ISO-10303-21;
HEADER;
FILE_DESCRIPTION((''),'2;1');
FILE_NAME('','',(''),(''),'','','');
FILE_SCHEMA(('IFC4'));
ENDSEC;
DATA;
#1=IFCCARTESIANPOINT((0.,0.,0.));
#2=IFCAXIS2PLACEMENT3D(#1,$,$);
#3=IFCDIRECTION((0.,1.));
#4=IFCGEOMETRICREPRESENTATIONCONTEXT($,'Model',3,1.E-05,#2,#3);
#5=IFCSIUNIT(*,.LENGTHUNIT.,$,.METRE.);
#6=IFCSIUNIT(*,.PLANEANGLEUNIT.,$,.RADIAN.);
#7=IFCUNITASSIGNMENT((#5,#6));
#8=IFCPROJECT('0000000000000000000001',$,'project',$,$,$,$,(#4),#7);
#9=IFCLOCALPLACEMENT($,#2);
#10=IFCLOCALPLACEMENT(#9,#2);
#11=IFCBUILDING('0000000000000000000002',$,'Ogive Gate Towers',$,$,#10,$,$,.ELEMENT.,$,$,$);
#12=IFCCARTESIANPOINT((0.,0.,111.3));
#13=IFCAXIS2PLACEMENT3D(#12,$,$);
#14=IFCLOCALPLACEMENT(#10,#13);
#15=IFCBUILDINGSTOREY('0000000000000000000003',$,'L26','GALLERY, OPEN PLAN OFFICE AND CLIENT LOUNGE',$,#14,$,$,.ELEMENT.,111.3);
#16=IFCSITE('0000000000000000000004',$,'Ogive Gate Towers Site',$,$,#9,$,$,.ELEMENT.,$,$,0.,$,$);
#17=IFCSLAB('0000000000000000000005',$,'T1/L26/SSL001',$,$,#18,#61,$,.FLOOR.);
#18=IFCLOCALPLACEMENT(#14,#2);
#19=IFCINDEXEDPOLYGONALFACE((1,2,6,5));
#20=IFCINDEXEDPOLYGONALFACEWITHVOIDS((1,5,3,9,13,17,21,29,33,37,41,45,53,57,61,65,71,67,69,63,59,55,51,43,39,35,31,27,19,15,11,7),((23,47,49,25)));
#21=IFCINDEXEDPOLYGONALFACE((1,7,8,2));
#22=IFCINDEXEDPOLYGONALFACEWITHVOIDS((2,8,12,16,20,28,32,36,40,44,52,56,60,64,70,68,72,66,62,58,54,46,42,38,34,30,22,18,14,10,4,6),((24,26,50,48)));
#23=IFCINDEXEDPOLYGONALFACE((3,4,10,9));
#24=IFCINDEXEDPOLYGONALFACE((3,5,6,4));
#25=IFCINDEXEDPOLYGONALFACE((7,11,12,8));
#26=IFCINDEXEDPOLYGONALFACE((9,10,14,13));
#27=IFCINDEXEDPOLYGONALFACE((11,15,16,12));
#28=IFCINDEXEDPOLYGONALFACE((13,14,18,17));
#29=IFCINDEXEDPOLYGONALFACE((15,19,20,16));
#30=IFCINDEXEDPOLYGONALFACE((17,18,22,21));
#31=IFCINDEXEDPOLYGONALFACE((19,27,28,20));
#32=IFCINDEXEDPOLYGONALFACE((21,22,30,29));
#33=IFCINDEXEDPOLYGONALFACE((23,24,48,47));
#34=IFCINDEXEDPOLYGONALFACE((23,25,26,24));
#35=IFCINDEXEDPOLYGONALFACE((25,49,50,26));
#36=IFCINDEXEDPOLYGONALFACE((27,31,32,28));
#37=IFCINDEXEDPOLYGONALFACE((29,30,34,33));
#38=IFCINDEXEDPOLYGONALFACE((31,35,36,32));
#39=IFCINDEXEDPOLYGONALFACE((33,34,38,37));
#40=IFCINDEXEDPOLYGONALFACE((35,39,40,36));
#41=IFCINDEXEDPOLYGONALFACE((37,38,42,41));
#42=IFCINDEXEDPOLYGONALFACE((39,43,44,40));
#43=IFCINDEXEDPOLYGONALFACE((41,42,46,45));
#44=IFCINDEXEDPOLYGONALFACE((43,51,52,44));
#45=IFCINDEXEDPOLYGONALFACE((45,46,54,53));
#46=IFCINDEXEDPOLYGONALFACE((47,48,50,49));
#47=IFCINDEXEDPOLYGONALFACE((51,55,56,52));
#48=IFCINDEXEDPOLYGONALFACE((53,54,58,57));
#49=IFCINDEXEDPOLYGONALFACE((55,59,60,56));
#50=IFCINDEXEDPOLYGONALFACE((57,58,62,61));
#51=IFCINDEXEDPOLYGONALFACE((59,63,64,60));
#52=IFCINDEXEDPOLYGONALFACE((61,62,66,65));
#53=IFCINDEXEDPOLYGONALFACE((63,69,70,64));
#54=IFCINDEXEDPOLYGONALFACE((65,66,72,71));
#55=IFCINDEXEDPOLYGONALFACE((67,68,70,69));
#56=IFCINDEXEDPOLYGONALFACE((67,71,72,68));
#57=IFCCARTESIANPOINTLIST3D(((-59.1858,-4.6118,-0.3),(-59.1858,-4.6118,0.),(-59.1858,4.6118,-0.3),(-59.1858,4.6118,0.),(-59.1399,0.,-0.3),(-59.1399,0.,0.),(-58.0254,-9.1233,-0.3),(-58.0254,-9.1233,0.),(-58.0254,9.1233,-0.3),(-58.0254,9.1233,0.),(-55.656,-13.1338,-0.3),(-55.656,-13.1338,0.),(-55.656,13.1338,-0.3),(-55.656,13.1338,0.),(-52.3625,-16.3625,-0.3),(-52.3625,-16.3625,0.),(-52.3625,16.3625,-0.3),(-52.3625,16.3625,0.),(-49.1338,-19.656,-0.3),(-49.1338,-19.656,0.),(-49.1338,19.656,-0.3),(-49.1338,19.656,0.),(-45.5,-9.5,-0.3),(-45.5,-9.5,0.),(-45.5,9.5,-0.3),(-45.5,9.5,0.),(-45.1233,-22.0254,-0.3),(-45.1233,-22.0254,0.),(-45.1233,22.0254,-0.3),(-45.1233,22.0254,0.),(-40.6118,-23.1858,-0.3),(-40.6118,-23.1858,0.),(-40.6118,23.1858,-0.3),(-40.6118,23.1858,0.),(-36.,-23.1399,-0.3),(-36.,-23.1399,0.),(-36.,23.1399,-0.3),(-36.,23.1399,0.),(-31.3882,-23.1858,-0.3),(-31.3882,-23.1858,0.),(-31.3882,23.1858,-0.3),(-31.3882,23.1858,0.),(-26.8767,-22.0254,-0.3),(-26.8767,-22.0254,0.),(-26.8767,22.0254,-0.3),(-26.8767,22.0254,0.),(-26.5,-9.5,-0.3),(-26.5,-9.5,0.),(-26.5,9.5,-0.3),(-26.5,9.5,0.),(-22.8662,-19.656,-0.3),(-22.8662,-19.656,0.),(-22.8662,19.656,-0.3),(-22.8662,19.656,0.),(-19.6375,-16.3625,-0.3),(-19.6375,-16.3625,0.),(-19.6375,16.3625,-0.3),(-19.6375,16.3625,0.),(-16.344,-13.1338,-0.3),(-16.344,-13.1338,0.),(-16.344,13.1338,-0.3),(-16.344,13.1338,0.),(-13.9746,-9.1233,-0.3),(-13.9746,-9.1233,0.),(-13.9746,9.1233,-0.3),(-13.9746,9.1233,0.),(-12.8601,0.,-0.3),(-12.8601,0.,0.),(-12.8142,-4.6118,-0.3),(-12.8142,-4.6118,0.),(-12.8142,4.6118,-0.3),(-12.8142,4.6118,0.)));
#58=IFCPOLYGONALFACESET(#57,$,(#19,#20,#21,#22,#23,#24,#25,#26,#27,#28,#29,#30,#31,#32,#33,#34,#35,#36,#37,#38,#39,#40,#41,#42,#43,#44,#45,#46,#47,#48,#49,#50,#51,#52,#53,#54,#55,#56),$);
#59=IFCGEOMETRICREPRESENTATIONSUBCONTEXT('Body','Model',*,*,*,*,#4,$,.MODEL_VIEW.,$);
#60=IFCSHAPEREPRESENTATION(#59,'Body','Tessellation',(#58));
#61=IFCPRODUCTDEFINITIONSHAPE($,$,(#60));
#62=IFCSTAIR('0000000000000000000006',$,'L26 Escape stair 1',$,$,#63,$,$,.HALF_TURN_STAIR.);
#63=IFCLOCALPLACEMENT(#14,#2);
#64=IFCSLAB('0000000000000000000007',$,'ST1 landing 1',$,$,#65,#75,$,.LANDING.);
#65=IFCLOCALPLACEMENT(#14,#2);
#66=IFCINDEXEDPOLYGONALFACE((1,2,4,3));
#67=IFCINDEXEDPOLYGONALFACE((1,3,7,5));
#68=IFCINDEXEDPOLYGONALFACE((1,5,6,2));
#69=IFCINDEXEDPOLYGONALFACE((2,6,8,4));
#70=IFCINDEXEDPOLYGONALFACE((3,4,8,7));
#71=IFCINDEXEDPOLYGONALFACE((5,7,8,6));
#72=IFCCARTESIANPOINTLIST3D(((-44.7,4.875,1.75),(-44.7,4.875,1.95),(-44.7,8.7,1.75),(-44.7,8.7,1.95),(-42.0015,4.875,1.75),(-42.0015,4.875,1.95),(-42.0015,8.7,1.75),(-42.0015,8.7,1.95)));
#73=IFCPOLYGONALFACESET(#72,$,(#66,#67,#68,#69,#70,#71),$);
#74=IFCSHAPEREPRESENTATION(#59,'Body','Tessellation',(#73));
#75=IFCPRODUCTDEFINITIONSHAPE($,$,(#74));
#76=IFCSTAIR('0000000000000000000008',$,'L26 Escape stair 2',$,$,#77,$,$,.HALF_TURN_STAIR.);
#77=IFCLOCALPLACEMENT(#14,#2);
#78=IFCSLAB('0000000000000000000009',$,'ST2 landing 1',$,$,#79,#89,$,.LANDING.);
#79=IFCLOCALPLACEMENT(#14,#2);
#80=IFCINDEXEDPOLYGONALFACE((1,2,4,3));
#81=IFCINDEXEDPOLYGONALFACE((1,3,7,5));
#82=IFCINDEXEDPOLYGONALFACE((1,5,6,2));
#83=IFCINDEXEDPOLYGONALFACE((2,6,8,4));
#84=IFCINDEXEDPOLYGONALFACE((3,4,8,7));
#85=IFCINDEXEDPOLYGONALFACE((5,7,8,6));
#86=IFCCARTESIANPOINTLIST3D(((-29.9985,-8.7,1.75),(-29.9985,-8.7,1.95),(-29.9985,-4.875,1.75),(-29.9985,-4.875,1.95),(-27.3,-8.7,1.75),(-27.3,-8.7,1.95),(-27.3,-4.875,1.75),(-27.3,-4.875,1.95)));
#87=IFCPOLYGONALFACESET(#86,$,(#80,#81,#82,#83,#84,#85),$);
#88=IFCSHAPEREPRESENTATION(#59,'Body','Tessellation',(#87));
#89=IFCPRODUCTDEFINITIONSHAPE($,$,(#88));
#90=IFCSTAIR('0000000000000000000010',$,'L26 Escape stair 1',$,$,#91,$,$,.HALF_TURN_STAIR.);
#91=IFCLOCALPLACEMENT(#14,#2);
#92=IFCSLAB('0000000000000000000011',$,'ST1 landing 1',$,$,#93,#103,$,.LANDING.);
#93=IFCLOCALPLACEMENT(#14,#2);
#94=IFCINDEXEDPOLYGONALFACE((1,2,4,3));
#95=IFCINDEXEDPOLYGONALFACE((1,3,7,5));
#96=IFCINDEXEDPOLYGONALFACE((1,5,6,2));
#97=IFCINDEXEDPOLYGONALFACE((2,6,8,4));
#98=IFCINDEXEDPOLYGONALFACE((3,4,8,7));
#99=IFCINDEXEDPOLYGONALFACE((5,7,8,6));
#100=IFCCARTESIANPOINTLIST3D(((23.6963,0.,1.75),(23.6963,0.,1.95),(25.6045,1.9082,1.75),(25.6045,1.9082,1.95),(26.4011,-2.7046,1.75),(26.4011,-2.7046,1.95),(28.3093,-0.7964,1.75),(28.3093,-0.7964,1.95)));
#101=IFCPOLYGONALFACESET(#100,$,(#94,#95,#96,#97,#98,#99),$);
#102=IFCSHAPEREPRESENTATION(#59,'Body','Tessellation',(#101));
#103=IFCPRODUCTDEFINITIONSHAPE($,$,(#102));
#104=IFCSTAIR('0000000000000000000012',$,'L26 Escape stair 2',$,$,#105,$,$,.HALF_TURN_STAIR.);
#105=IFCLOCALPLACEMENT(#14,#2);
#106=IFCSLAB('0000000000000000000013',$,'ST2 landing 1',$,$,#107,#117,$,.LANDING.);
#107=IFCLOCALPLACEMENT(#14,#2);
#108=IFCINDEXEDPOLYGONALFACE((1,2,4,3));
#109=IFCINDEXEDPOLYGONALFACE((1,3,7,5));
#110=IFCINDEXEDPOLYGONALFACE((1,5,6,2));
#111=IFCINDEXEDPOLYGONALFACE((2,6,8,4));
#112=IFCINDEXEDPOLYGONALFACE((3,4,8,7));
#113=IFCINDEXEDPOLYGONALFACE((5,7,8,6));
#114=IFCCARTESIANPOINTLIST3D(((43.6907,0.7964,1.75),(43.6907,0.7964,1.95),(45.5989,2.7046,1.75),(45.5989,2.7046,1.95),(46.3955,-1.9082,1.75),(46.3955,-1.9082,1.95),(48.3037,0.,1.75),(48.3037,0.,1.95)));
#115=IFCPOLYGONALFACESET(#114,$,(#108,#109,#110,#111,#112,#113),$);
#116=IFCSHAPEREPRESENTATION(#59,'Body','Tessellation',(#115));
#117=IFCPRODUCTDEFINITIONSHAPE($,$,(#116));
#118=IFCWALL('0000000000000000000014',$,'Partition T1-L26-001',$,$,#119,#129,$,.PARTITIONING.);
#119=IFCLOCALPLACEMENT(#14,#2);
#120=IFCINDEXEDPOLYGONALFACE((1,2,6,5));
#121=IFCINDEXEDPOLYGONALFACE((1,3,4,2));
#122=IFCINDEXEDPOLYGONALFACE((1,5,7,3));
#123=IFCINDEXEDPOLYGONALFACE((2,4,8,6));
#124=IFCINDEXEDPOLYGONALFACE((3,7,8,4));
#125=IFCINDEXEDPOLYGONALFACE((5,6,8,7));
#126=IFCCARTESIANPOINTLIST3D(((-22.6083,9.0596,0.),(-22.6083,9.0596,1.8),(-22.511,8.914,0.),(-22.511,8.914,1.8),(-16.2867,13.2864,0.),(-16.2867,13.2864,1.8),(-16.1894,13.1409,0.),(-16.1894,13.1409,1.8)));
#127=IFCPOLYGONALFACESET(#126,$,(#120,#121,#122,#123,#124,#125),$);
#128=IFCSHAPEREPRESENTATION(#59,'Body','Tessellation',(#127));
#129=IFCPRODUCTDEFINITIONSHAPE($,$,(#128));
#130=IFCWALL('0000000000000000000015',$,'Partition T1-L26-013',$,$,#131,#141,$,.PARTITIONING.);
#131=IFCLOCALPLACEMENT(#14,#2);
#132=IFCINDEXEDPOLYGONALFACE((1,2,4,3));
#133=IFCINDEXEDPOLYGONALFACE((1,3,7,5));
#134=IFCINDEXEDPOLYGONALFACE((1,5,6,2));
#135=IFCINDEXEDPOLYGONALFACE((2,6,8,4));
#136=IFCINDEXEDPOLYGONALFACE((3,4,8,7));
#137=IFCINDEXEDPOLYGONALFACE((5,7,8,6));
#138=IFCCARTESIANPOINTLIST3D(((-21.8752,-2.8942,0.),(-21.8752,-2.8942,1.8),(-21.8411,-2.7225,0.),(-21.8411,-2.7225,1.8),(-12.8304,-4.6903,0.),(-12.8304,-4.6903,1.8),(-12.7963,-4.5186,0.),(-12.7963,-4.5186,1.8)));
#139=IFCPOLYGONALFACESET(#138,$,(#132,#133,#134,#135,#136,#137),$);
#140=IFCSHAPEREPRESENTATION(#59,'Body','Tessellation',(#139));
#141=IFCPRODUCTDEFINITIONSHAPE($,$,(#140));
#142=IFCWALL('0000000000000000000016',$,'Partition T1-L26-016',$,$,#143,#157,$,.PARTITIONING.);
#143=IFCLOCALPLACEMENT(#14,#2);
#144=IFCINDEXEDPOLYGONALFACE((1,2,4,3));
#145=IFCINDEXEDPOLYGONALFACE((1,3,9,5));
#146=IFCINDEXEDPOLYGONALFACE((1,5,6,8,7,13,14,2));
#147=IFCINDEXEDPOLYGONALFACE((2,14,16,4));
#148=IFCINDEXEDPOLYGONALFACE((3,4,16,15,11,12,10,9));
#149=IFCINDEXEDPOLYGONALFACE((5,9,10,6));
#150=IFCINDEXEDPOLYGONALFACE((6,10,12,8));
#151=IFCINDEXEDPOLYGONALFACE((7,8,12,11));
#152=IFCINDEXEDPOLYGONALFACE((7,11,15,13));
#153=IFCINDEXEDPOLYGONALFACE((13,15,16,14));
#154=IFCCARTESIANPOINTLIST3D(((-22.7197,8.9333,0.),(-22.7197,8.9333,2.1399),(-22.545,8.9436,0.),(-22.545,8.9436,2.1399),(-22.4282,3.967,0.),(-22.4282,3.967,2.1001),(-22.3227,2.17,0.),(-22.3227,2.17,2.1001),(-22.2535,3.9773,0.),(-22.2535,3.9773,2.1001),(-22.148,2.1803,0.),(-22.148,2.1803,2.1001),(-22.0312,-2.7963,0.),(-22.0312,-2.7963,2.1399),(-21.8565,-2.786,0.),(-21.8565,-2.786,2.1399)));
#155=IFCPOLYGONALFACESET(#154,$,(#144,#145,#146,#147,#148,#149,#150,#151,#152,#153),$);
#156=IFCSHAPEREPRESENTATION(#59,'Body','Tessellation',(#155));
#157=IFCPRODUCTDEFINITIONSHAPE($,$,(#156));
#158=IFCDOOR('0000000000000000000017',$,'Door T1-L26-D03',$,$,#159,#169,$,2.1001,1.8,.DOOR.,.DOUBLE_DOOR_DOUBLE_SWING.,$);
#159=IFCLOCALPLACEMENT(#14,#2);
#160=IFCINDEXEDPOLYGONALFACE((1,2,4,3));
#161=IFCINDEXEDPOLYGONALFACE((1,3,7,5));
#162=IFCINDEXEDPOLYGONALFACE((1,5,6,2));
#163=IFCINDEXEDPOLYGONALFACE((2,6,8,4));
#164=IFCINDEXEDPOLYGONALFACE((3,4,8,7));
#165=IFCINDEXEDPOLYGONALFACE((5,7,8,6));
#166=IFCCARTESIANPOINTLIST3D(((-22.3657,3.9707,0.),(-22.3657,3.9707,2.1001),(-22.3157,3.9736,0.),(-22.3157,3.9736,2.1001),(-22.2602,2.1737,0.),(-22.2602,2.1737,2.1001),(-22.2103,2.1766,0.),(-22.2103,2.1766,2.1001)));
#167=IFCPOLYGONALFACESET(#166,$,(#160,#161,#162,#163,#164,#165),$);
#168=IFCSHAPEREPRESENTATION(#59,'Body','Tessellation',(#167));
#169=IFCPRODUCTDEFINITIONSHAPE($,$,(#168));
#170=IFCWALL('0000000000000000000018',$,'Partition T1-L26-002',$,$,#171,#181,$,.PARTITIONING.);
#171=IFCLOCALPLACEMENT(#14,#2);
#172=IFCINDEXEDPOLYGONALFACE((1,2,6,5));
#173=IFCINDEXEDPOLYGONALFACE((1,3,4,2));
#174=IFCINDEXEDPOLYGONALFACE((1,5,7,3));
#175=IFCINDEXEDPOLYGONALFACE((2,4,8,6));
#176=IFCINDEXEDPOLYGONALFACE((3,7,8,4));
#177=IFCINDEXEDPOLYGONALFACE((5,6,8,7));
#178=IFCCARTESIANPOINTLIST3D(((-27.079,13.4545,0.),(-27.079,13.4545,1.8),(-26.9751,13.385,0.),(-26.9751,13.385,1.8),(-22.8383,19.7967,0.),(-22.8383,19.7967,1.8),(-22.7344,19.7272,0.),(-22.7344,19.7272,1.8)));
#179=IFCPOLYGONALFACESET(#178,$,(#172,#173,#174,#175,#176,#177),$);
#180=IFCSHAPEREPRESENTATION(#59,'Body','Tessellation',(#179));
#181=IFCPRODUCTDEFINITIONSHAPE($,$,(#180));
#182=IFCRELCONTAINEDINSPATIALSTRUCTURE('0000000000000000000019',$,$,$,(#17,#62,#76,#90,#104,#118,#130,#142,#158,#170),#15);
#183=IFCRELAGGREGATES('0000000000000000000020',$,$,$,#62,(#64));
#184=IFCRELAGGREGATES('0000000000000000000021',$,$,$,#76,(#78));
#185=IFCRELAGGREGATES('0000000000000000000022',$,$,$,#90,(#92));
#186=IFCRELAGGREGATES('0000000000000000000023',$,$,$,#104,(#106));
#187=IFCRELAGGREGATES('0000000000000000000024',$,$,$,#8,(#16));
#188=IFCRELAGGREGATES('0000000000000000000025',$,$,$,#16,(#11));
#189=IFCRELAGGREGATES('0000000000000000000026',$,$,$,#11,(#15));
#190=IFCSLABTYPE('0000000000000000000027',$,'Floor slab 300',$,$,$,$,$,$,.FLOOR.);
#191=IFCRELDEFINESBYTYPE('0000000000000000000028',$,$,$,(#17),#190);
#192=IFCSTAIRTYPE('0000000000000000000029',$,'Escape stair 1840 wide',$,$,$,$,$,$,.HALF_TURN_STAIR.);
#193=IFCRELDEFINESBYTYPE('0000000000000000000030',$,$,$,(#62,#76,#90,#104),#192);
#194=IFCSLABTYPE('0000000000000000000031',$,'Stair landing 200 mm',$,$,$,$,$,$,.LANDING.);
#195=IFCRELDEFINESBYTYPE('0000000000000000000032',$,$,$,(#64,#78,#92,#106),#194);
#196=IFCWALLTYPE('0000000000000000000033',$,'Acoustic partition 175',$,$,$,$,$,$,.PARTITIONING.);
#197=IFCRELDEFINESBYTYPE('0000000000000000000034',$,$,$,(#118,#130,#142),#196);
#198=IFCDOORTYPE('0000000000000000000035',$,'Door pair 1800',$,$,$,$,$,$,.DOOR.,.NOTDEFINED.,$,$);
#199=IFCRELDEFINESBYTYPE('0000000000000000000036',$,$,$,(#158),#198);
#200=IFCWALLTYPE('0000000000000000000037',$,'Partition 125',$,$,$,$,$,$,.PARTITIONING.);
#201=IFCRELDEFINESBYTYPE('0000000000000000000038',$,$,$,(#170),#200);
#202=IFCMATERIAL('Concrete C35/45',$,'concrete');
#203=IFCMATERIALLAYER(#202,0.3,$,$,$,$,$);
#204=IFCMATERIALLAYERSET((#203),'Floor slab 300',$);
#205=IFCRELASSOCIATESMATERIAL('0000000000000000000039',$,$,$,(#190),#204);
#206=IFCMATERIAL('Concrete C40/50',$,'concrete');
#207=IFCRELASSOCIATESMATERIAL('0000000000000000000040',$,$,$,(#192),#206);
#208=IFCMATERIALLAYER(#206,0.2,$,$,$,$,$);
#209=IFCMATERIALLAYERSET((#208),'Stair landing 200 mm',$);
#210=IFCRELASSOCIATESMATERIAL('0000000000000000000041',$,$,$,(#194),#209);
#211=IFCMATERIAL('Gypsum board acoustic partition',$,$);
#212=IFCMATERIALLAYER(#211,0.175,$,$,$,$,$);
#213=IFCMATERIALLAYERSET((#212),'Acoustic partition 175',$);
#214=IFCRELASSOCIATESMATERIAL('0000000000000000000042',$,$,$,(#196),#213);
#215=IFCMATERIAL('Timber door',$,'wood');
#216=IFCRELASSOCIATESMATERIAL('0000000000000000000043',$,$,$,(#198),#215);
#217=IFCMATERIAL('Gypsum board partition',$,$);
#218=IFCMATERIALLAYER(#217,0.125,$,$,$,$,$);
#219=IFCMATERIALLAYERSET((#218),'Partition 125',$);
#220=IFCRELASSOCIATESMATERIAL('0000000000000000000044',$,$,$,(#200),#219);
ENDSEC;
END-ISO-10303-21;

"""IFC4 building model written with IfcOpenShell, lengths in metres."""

from ifc_helpers import new_model, si_unit, direction, frame, frame_2d, origin, place, context, subcontext, project, spatial, polyline, rectangle, outline, extrude, material, layer, layer_set, type_object, element, fill, aggregate, save


model = new_model("IFC4")

# Units and contexts
model_context = context("Model", 3, precision=1e-05, world=origin(), true_north=direction((0.0, 1.0)))
body_context = subcontext(model_context, "Body", "Model", "MODEL_VIEW")
ifc_project = project(units=[si_unit("LENGTHUNIT", "METRE"), si_unit("PLANEANGLEUNIT", "RADIAN")], contexts=[model_context])

# Site, building, storey
site_placement = place(None, origin())
site = spatial("IfcSite", under=ifc_project, at=site_placement, Name="Ogive Gate Towers Site", CompositionType="ELEMENT", RefElevation=0.0)
building_placement = place(site_placement, origin())
building = spatial("IfcBuilding", under=site, at=building_placement, Name="Ogive Gate Towers", CompositionType="ELEMENT")
storey_placement = place(building_placement, frame((0.0, 0.0, 111.3)))
storey = spatial("IfcBuildingStorey", under=building, at=storey_placement, Name="L26", Description="GALLERY, OPEN PLAN OFFICE AND CLIENT LOUNGE", CompositionType="ELEMENT", Elevation=111.3)

# Slab
ifc_material_1 = material(Name="Concrete C40/50", Category="concrete")
ifc_material_2 = material(Name="Concrete C35/45", Category="concrete")
ifc_layer_1 = layer(ifc_material_2, 0.3)
ifc_layer_set_1 = layer_set([ifc_layer_1], Name="Floor slab 300")
slab_type_1 = type_object("IfcSlabType", Name="Floor slab 300", PredefinedType="FLOOR", material=ifc_layer_set_1)
slab_1_placement = place(storey_placement, frame((0.0, 0.0, -0.3)))
element("IfcSlab", 1, at=slab_1_placement, inside=storey, type_object=slab_type_1, Name="T1/L26/SSL001", PredefinedType="FLOOR", context=body_context, shape_type="SweptSolid", body=[
    extrude(outline(polyline([(-12.8142, -4.6118), (-12.8601, 0.0), (-12.8142, 4.6118), (-13.9746, 9.1233), (-16.344, 13.1338), (-19.6375, 16.3625), (-22.8662, 19.656), (-26.8767, 22.0254), (-31.3882, 23.1858), (-36.0, 23.1399), (-40.6118, 23.1858), (-45.1233, 22.0254), (-49.1338, 19.656), (-52.3625, 16.3625), (-55.656, 13.1338), (-58.0254, 9.1233), (-59.1858, 4.6118), (-59.1399, 0.0), (-59.1858, -4.6118), (-58.0254, -9.1233), (-55.656, -13.1338), (-52.3625, -16.3625), (-49.1338, -19.656), (-45.1233, -22.0254), (-40.6118, -23.1858), (-36.0, -23.1399), (-31.3882, -23.1858), (-26.8767, -22.0254), (-22.8662, -19.656), (-19.6375, -16.3625), (-16.344, -13.1338), (-13.9746, -9.1233), (-12.8142, -4.6118)]), holes=[polyline([(-26.5, -9.5), (-45.5, -9.5), (-45.5, 9.5), (-26.5, 9.5), (-26.5, -9.5)])]), origin(), (0.0, 0.0, 1.0), 0.3),
])

# Stairs, slabs
stair_type = type_object("IfcStairType", Name="Escape stair 1840 wide", PredefinedType="HALF_TURN_STAIR", material=ifc_material_1)
stair_1_placement = place(storey_placement, origin())
stair_1 = element("IfcStair", 2, at=stair_1_placement, inside=storey, type_object=stair_type, Name="L26 Escape stair 1", PredefinedType="HALF_TURN_STAIR")
ifc_layer_2 = layer(ifc_material_1, 0.2)
ifc_layer_set_2 = layer_set([ifc_layer_2], Name="Stair landing 200 mm")
slab_type_2 = type_object("IfcSlabType", Name="Stair landing 200 mm", PredefinedType="LANDING", material=ifc_layer_set_2)
slab_2_placement = place(storey_placement, frame((0.0, 0.0, 1.75)))
slab_2 = element("IfcSlab", 3, at=slab_2_placement, type_object=slab_type_2, Name="ST1 landing 1", PredefinedType="LANDING", context=body_context, shape_type="SweptSolid", body=[
    extrude(outline(polyline([(-42.0015, 8.7), (-44.7, 8.7), (-44.7, 4.875), (-42.0015, 4.875), (-42.0015, 8.7)])), origin(), (0.0, 0.0, 1.0), 0.2),
])
aggregate(stair_1, [slab_2])
stair_2_placement = place(storey_placement, origin())
stair_2 = element("IfcStair", 4, at=stair_2_placement, inside=storey, type_object=stair_type, Name="L26 Escape stair 2", PredefinedType="HALF_TURN_STAIR")
slab_3_placement = place(storey_placement, frame((0.0, 0.0, 1.75)))
slab_3 = element("IfcSlab", 5, at=slab_3_placement, type_object=slab_type_2, Name="ST2 landing 1", PredefinedType="LANDING", context=body_context, shape_type="SweptSolid", body=[
    extrude(outline(polyline([(-29.9985, -8.7), (-27.3, -8.7), (-27.3, -4.875), (-29.9985, -4.875), (-29.9985, -8.7)])), origin(), (0.0, 0.0, 1.0), 0.2),
])
aggregate(stair_2, [slab_3])
stair_3_placement = place(storey_placement, origin())
stair_3 = element("IfcStair", 6, at=stair_3_placement, inside=storey, type_object=stair_type, Name="L26 Escape stair 1", PredefinedType="HALF_TURN_STAIR")
slab_4_placement = place(storey_placement, frame((0.0, 0.0, 1.75)))
slab_4 = element("IfcSlab", 7, at=slab_4_placement, type_object=slab_type_2, Name="ST1 landing 1", PredefinedType="LANDING", context=body_context, shape_type="SweptSolid", body=[
    extrude(outline(polyline([(25.6045, 1.9082), (23.6963, 0.0), (26.4011, -2.7046), (28.3093, -0.7964), (25.6045, 1.9082)])), origin(), (0.0, 0.0, 1.0), 0.2),
])
aggregate(stair_3, [slab_4])
stair_4_placement = place(storey_placement, origin())
stair_4 = element("IfcStair", 8, at=stair_4_placement, inside=storey, type_object=stair_type, Name="L26 Escape stair 2", PredefinedType="HALF_TURN_STAIR")
slab_5_placement = place(storey_placement, frame((0.0, 0.0, 1.75)))
slab_5 = element("IfcSlab", 9, at=slab_5_placement, type_object=slab_type_2, Name="ST2 landing 1", PredefinedType="LANDING", context=body_context, shape_type="SweptSolid", body=[
    extrude(outline(polyline([(46.3955, -1.9082), (48.3037, 0.0), (45.5989, 2.7046), (43.6907, 0.7964), (46.3955, -1.9082)])), origin(), (0.0, 0.0, 1.0), 0.2),
])
aggregate(stair_4, [slab_5])

# Walls
ifc_material_3 = material(Name="Gypsum board acoustic partition")
ifc_layer_3 = layer(ifc_material_3, 0.175)
ifc_layer_set_3 = layer_set([ifc_layer_3], Name="Acoustic partition 175")
wall_type_1 = type_object("IfcWallType", Name="Acoustic partition 175", PredefinedType="PARTITIONING", material=ifc_layer_set_3)
wall_1_placement = place(storey_placement, frame((-16.238, 13.2136, 0.0), z_axis=(0.0, 0.0, 1.0), x_axis=(-0.831294, -0.555833, 0.0)))
element("IfcWall", 10, at=wall_1_placement, inside=storey, type_object=wall_type_1, Name="Partition T1-L26-001", PredefinedType="PARTITIONING", context=body_context, shape_type="SweptSolid", body=[
    extrude(rectangle(XDim=7.6045, YDim=0.175, at=frame_2d((3.8022, 0.0))), origin(), (0.0, 0.0, 1.0), 1.8),
])
wall_2_placement = place(storey_placement, frame((-12.8132, -4.6045, 0.0), z_axis=(0.0, 0.0, 1.0), x_axis=(-0.980848, 0.194777, 0.0)))
element("IfcWall", 11, at=wall_2_placement, inside=storey, type_object=wall_type_1, Name="Partition T1-L26-013", PredefinedType="PARTITIONING", context=body_context, shape_type="SweptSolid", body=[
    extrude(rectangle(XDim=9.2214, YDim=0.175, at=frame_2d((4.6108, 0.0))), origin(), (0.0, 0.0, 1.0), 1.8),
])

# Wall, opening, door
wall_3_placement = place(storey_placement, frame((-21.9438, -2.7913, 0.0), z_axis=(0.0, 0.0, 1.0), x_axis=(-0.058595, 0.998282, 0.0)))
wall_3 = element("IfcWall", 12, at=wall_3_placement, inside=storey, type_object=wall_type_1, Name="Partition T1-L26-016", PredefinedType="PARTITIONING", context=body_context, shape_type="SweptSolid", body=[
    extrude(rectangle(XDim=11.7498, YDim=0.175, at=frame_2d((5.875, 0.0))), origin(), (0.0, 0.0, 1.0), 2.1399),
])
opening_1_placement = place(wall_3_placement, frame((4.9751, 0.0, 0.0)))
opening_1 = element("IfcOpeningElement", 13, at=opening_1_placement, cuts=wall_3, PredefinedType="OPENING", context=body_context, shape_type="SweptSolid", body=[
    extrude(rectangle(XDim=1.8, YDim=2.1001, at=frame_2d((0.8999, 1.05))), frame((0.0, 0.0977, 0.0), z_axis=(0.0, -1.0, 0.0), x_axis=(1.0, 0.0, 0.0)), (0.0, 0.0, 1.0), 0.1951),
])
ifc_material_4 = material(Name="Timber door", Category="wood")
door_type_1 = type_object("IfcDoorType", Name="Door pair 1800", OperationType="NOTDEFINED", PredefinedType="DOOR", material=ifc_material_4)
door_1_placement = place(opening_1_placement, origin())
door_1 = element("IfcDoor", 14, at=door_1_placement, inside=storey, type_object=door_type_1, Name="Door T1-L26-D03", OperationType="DOUBLE_DOOR_DOUBLE_SWING", OverallHeight=2.1001, OverallWidth=1.8, PredefinedType="DOOR", context=body_context, shape_type="SweptSolid", body=[
    extrude(rectangle(XDim=1.8, YDim=2.1001, at=frame_2d((0.8999, 1.05))), frame((0.0, 0.0249, 0.0), z_axis=(0.0, -1.0, 0.0), x_axis=(1.0, 0.0, 0.0)), (0.0, 0.0, 1.0), 0.05),
])
fill(opening_1, door_1)

# Wall
ifc_material_5 = material(Name="Gypsum board partition")
ifc_layer_4 = layer(ifc_material_5, 0.125)
ifc_layer_set_4 = layer_set([ifc_layer_4], Name="Partition 125")
wall_type_2 = type_object("IfcWallType", Name="Partition 125", PredefinedType="PARTITIONING", material=ifc_layer_set_4)
wall_4_placement = place(storey_placement, frame((-22.7864, 19.762, 0.0), z_axis=(0.0, 0.0, 1.0), x_axis=(-0.555837, -0.831291, 0.0)))
element("IfcWall", 15, at=wall_4_placement, inside=storey, type_object=wall_type_2, Name="Partition T1-L26-002", PredefinedType="PARTITIONING", context=body_context, shape_type="SweptSolid", body=[
    extrude(rectangle(XDim=7.6294, YDim=0.125, at=frame_2d((3.8147, 0.0))), origin(), (0.0, 0.0, 1.0), 1.8),
])

save(model, "model.ifc")
